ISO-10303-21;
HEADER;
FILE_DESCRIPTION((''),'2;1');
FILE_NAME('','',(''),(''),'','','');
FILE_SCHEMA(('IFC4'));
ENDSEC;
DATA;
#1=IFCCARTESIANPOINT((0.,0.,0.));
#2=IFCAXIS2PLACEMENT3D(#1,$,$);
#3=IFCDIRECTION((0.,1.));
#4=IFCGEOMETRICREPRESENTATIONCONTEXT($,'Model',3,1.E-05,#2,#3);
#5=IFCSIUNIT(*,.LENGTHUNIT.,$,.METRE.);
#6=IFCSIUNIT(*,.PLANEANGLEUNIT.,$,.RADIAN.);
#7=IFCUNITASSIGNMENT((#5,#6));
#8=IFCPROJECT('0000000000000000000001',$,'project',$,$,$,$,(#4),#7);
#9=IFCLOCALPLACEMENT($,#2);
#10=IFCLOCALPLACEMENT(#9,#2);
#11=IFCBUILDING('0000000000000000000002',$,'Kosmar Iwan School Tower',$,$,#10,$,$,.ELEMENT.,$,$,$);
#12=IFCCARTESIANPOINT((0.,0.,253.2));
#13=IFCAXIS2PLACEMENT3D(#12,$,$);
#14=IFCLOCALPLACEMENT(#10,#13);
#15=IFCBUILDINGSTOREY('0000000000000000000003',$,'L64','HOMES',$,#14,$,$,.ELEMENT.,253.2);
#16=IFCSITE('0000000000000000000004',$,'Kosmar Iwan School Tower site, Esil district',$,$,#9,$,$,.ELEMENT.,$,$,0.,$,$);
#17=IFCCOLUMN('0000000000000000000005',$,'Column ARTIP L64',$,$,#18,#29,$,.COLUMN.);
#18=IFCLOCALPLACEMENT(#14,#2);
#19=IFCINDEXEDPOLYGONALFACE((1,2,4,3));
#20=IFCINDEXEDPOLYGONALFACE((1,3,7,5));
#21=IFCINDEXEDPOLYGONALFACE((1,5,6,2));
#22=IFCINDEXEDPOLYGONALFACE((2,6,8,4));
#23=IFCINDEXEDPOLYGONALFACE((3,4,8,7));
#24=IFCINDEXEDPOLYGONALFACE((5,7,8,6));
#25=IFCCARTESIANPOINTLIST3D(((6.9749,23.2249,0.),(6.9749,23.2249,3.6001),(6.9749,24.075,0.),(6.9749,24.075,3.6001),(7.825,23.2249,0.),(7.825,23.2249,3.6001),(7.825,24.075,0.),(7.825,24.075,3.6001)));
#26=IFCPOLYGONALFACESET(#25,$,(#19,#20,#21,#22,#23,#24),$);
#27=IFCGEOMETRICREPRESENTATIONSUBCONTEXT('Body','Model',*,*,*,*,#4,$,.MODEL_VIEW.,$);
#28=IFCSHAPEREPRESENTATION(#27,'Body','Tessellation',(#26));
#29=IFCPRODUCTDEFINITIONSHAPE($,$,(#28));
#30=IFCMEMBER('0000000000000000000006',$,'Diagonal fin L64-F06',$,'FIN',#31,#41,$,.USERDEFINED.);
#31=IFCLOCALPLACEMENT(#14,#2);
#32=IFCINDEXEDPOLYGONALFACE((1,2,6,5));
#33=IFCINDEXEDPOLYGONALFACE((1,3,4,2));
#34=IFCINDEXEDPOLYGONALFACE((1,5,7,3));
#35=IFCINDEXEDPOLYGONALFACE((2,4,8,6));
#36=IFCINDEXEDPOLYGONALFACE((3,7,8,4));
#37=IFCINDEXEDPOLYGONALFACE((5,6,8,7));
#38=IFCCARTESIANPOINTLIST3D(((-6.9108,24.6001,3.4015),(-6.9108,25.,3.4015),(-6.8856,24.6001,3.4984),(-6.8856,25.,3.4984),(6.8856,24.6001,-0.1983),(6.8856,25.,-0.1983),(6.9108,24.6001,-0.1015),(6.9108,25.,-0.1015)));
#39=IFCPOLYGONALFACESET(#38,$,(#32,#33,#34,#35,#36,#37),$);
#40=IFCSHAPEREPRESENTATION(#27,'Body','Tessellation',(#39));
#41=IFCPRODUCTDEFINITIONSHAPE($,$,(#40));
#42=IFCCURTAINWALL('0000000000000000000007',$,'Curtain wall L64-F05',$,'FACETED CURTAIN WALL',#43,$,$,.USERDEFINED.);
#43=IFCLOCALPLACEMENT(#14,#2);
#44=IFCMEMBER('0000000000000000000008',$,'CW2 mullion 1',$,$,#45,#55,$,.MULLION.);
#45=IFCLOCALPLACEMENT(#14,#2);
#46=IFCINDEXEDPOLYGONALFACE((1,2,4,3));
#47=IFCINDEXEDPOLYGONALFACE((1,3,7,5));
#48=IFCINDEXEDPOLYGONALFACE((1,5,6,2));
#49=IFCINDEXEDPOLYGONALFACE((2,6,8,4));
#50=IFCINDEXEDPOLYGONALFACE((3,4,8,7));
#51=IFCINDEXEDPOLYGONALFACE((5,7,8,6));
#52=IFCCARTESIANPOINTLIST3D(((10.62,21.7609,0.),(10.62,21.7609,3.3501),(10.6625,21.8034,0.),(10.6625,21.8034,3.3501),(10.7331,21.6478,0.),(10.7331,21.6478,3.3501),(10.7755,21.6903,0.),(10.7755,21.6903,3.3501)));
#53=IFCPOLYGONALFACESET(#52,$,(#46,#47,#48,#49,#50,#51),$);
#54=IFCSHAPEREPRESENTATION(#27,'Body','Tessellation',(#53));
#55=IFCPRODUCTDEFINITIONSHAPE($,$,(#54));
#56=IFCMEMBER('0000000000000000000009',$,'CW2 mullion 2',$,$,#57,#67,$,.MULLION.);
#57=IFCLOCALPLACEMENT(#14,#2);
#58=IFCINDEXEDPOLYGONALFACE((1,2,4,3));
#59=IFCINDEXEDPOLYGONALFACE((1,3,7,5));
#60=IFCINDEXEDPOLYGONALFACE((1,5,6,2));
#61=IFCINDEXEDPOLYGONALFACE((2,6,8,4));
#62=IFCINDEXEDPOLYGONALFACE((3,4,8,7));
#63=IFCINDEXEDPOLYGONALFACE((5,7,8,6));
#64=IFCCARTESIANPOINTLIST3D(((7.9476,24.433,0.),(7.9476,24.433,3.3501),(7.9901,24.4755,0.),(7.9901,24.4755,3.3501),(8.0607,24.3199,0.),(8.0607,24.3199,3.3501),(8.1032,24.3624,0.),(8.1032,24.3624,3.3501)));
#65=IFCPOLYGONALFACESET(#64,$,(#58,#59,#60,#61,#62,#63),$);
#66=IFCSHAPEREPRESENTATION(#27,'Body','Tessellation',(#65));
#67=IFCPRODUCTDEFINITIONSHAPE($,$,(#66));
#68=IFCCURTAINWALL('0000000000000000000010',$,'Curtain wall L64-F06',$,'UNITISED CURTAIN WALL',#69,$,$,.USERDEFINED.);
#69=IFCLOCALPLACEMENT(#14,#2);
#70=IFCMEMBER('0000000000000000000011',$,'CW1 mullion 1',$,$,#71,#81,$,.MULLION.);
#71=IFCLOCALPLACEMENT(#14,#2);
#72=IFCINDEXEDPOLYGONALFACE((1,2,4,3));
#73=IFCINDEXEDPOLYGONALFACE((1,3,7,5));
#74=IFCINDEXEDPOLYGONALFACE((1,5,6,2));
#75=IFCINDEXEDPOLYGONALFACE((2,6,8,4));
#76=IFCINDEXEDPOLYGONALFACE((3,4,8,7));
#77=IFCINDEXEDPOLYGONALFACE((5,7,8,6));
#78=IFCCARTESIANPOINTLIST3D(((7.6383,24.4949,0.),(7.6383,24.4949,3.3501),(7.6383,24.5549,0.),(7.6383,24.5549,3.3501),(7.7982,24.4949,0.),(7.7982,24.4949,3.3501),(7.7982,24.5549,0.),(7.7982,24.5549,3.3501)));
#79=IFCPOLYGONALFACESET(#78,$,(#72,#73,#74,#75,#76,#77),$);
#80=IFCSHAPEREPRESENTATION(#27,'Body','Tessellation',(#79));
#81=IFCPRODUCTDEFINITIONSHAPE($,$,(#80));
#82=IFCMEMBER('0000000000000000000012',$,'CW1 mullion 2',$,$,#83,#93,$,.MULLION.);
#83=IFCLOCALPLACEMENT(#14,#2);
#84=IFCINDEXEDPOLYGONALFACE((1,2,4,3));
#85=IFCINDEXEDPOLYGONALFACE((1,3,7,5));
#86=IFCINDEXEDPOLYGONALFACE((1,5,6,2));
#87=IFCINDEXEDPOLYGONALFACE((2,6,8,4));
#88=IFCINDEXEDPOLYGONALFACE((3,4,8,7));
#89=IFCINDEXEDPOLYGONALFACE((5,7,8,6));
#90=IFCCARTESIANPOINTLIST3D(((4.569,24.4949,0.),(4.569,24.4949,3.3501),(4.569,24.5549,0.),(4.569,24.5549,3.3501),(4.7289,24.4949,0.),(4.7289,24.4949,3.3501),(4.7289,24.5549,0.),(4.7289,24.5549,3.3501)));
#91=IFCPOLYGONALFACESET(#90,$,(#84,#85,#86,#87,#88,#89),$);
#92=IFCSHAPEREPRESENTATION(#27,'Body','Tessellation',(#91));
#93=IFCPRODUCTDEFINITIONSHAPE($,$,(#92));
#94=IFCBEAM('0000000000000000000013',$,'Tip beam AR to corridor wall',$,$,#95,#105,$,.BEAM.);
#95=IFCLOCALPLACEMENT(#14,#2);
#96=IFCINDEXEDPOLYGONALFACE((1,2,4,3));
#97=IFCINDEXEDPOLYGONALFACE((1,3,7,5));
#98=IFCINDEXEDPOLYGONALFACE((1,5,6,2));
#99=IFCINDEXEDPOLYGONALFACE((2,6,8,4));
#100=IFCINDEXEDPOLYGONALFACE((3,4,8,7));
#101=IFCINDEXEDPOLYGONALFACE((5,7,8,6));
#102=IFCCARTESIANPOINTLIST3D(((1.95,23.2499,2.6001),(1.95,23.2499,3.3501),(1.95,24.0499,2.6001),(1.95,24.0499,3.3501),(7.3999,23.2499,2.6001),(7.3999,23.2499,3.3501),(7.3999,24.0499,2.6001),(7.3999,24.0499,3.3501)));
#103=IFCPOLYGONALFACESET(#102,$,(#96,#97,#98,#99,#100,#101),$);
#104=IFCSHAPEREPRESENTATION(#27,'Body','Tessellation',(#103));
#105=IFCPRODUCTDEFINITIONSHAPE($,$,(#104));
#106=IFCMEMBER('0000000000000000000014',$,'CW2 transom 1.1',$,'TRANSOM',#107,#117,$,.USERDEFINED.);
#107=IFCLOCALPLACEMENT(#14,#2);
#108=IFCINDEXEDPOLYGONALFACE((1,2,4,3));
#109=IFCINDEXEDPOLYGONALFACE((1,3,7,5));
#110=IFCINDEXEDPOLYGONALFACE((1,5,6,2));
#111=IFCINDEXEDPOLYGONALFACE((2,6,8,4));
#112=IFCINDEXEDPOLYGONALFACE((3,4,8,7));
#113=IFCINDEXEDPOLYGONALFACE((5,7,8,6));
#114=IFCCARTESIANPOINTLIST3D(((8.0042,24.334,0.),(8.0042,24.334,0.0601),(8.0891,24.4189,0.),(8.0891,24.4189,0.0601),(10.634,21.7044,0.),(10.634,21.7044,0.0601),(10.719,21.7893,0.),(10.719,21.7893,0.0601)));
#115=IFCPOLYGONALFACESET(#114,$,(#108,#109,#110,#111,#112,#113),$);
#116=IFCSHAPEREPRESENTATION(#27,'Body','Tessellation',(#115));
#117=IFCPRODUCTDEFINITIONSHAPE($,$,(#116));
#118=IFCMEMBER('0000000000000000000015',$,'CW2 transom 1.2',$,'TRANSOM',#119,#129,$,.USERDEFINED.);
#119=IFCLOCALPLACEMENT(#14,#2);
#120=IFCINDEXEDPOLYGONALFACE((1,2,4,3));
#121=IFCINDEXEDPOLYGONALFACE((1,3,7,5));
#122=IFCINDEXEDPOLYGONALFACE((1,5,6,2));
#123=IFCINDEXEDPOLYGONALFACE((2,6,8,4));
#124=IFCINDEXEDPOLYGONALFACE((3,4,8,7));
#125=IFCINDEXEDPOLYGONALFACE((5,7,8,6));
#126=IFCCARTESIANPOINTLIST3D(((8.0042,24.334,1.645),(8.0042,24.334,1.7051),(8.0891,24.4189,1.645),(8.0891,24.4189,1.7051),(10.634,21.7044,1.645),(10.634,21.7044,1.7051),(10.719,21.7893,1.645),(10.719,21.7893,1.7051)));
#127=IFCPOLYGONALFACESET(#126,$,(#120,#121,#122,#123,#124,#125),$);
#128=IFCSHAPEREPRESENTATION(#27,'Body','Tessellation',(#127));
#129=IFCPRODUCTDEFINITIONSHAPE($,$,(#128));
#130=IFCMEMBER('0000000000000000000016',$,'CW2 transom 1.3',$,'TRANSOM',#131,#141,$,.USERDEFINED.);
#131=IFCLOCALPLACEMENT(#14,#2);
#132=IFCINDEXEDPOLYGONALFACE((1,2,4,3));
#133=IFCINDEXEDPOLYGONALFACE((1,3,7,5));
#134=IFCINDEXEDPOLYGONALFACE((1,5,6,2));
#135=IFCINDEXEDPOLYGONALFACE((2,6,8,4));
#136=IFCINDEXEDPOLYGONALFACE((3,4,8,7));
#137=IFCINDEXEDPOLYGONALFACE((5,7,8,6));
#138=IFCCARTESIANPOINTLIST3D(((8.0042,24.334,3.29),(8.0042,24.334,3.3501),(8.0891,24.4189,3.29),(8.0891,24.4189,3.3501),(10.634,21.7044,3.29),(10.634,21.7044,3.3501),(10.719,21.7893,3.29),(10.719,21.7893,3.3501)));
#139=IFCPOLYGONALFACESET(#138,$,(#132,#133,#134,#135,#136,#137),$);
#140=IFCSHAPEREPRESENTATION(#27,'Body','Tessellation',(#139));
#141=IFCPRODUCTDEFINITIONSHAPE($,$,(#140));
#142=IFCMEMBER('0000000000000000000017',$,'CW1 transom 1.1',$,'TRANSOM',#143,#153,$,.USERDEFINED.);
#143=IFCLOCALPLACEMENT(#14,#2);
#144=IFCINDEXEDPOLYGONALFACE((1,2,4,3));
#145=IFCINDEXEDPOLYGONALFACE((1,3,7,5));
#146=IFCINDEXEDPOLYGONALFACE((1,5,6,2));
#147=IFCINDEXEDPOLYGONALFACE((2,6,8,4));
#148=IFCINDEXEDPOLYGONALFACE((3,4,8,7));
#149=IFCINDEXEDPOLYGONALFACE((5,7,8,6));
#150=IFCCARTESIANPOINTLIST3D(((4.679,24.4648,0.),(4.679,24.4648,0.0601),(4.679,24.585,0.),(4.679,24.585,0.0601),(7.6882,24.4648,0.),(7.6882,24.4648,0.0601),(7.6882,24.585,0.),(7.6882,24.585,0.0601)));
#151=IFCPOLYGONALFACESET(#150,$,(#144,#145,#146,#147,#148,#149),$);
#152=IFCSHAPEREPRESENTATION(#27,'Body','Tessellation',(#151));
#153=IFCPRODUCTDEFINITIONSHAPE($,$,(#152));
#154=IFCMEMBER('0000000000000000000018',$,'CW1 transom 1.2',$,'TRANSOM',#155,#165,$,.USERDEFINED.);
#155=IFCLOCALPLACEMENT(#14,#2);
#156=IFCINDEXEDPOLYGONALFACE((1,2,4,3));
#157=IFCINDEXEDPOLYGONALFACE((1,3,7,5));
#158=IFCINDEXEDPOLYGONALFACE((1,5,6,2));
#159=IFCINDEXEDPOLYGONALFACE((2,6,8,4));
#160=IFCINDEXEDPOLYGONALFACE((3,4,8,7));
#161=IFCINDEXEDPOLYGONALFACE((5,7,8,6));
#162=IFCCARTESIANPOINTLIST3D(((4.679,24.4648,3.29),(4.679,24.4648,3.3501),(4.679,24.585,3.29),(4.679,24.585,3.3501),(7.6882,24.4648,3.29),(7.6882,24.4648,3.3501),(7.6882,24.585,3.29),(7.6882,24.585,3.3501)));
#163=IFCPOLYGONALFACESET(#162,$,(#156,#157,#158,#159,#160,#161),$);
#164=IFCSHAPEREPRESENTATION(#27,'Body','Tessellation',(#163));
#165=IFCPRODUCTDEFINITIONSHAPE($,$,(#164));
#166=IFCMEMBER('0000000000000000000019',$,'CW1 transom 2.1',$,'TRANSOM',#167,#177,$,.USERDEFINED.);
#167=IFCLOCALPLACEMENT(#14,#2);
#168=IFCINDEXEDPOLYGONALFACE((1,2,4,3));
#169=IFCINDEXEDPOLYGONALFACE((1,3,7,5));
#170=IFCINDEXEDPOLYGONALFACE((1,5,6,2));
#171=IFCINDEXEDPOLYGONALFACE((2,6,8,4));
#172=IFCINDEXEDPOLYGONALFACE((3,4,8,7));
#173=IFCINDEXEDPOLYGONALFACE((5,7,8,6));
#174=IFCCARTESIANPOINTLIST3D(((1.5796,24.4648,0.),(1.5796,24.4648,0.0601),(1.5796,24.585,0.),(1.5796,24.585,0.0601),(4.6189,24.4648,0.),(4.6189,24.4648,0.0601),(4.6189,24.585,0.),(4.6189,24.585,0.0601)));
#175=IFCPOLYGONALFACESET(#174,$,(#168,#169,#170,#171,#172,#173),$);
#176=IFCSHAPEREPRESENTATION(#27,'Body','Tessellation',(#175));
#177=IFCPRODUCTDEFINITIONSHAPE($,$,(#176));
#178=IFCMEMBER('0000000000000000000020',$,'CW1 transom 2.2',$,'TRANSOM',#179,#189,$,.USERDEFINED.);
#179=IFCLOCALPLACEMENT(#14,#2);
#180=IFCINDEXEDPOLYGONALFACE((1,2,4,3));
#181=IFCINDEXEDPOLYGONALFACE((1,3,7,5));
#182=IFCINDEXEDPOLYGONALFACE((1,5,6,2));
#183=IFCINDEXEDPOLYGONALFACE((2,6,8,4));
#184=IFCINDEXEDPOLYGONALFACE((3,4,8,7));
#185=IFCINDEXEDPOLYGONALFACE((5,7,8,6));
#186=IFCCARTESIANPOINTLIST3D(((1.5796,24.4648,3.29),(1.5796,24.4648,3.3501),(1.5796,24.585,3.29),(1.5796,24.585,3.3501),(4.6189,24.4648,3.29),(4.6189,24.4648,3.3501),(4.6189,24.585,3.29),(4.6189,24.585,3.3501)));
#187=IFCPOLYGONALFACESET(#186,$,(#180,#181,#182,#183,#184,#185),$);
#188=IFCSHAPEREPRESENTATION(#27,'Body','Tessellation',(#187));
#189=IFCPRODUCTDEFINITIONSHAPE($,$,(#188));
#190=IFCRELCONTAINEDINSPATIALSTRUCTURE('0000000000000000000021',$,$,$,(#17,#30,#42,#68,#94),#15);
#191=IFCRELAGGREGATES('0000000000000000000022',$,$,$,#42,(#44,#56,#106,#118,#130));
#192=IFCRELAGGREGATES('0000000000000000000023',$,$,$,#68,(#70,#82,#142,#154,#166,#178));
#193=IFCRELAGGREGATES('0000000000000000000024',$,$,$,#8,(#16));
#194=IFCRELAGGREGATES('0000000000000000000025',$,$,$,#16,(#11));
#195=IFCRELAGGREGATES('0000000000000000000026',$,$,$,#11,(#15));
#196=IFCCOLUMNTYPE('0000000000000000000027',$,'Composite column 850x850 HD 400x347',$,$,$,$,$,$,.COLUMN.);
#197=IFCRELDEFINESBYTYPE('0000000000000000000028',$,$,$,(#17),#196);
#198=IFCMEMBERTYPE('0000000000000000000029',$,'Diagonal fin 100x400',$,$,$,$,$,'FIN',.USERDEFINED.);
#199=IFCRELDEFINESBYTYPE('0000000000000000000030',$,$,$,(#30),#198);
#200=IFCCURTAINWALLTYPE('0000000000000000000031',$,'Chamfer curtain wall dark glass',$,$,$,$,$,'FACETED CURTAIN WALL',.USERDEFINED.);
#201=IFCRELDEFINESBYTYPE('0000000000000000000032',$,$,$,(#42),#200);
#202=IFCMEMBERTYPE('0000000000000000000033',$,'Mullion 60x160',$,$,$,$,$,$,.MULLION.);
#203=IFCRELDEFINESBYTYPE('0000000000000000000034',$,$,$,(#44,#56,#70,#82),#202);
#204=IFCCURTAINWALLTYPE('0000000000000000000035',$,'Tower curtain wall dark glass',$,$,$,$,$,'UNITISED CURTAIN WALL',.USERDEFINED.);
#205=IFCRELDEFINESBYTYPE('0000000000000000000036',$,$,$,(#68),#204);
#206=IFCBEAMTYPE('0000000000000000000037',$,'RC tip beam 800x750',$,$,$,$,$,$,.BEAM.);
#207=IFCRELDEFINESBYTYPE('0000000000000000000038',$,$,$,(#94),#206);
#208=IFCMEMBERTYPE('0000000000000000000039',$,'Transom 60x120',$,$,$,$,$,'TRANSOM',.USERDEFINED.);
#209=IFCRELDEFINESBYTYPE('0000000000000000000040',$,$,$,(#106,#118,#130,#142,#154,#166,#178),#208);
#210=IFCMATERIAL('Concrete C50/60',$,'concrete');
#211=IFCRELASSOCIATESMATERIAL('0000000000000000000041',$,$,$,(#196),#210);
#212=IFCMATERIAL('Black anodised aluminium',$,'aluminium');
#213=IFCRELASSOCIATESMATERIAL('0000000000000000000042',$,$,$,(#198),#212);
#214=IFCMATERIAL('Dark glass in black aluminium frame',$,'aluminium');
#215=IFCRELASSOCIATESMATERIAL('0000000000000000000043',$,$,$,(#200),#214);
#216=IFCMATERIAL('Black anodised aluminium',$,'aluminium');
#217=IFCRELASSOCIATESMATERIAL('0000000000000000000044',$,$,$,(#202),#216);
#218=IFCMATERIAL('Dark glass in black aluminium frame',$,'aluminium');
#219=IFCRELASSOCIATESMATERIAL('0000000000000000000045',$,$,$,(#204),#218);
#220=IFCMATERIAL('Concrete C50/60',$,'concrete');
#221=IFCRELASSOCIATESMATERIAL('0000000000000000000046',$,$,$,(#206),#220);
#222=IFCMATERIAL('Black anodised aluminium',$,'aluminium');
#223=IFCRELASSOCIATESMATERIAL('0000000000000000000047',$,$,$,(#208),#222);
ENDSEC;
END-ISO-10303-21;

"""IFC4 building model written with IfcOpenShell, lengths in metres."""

from ifc_helpers import new_model, si_unit, direction, frame, origin, origin_2d, place, context, subcontext, project, spatial, rectangle, extrude, material, material_profile, profile_set, type_object, element, aggregate, save


model = new_model("IFC4")

# Units and contexts
model_context = context("Model", 3, precision=1e-05, world=origin(), true_north=direction((0.0, 1.0)))
body_context = subcontext(model_context, "Body", "Model", "MODEL_VIEW")
ifc_project = project(units=[si_unit("LENGTHUNIT", "METRE"), si_unit("PLANEANGLEUNIT", "RADIAN")], contexts=[model_context])

# Site, building, storey
site_placement = place(None, origin())
site = spatial("IfcSite", under=ifc_project, at=site_placement, Name="Kosmar Iwan School Tower site, Esil district", CompositionType="ELEMENT", RefElevation=0.0)
building_placement = place(site_placement, origin())
building = spatial("IfcBuilding", under=site, at=building_placement, Name="Kosmar Iwan School Tower", CompositionType="ELEMENT")
storey_placement = place(building_placement, frame((0.0, 0.0, 253.2)))
storey = spatial("IfcBuildingStorey", under=building, at=storey_placement, Name="L64", Description="HOMES", CompositionType="ELEMENT", Elevation=253.2)

# Column
ifc_material_1 = material(Name="Concrete C50/60", Category="concrete")
ifc_material_profile_1 = material_profile(ifc_material_1, rectangle(XDim=0.8501, YDim=0.8501, at=origin_2d()), Name="RC 850x850 + HD 400x347")
ifc_profile_set_1 = profile_set([ifc_material_profile_1], Name="Concrete C50/60")
column_type = type_object("IfcColumnType", Name="Composite column 850x850 HD 400x347", PredefinedType="COLUMN", material=ifc_profile_set_1)
column_placement = place(storey_placement, frame((7.3999, 23.6499, 0.0), z_axis=(0.0, 0.0, 1.0), x_axis=(0.0, 1.0, 0.0)))
element("IfcColumn", 1, at=column_placement, inside=storey, type_object=column_type, Name="Column ARTIP L64", PredefinedType="COLUMN", context=body_context, shape_type="SweptSolid", body=[
    extrude(rectangle(XDim=0.8501, YDim=0.8501, at=origin_2d()), origin(), (0.0, 0.0, 1.0), 3.6001),
])

# Member
ifc_material_2 = material(Name="Black anodised aluminium", Category="aluminium")
ifc_material_profile_2 = material_profile(ifc_material_2, rectangle(XDim=0.1001, YDim=0.3999, at=origin_2d()), Name="FIN 100x400")
ifc_profile_set_2 = profile_set([ifc_material_profile_2], Name="Black anodised aluminium")
member_type_1 = type_object("IfcMemberType", Name="Diagonal fin 100x400", ElementType="FIN", PredefinedType="USERDEFINED", material=ifc_profile_set_2)
member_1_placement = place(storey_placement, frame((6.8982, 24.8, -0.1499), z_axis=(-0.967604, 0.0, 0.252474), x_axis=(0.252474, 0.0, 0.967604)))
element("IfcMember", 2, at=member_1_placement, inside=storey, type_object=member_type_1, Name="Diagonal fin L64-F06", ObjectType="FIN", PredefinedType="USERDEFINED", context=body_context, shape_type="SweptSolid", body=[
    extrude(rectangle(XDim=0.1001, YDim=0.3999, at=origin_2d()), origin(), (0.0, 0.0, 1.0), 14.2583),
])

# Curtain walls, members
ifc_material_3 = material(Name="Dark glass in black aluminium frame", Category="aluminium")
curtain_wall_type_1 = type_object("IfcCurtainWallType", Name="Chamfer curtain wall dark glass", ElementType="FACETED CURTAIN WALL", PredefinedType="USERDEFINED", material=ifc_material_3)
curtain_wall_1_placement = place(storey_placement, origin())
curtain_wall_1 = element("IfcCurtainWall", 3, at=curtain_wall_1_placement, inside=storey, type_object=curtain_wall_type_1, Name="Curtain wall L64-F05", ObjectType="FACETED CURTAIN WALL", PredefinedType="USERDEFINED")
ifc_material_4 = material(Name="Black anodised aluminium", Category="aluminium")
ifc_material_profile_3 = material_profile(ifc_material_4, rectangle(XDim=0.0601, YDim=0.1599, at=origin_2d()), Name="MULLION 60x160")
ifc_profile_set_3 = profile_set([ifc_material_profile_3], Name="Black anodised aluminium")
member_type_2 = type_object("IfcMemberType", Name="Mullion 60x160", PredefinedType="MULLION", material=ifc_profile_set_3)
member_2_placement = place(storey_placement, frame((10.6978, 21.7256, 0.0), z_axis=(0.0, 0.0, 1.0), x_axis=(-0.707107, -0.707107, 0.0)))
member_2 = element("IfcMember", 4, at=member_2_placement, type_object=member_type_2, Name="CW2 mullion 1", PredefinedType="MULLION", context=body_context, shape_type="SweptSolid", body=[
    extrude(rectangle(XDim=0.0601, YDim=0.1599, at=origin_2d()), origin(), (0.0, 0.0, 1.0), 3.3501),
])
member_3_placement = place(storey_placement, frame((8.0254, 24.3977, 0.0), z_axis=(0.0, 0.0, 1.0), x_axis=(-0.707107, -0.707107, 0.0)))
member_3 = element("IfcMember", 5, at=member_3_placement, type_object=member_type_2, Name="CW2 mullion 2", PredefinedType="MULLION", context=body_context, shape_type="SweptSolid", body=[
    extrude(rectangle(XDim=0.0601, YDim=0.1599, at=origin_2d()), origin(), (0.0, 0.0, 1.0), 3.3501),
])
ifc_material_5 = material(Name="Dark glass in black aluminium frame", Category="aluminium")
curtain_wall_type_2 = type_object("IfcCurtainWallType", Name="Tower curtain wall dark glass", ElementType="UNITISED CURTAIN WALL", PredefinedType="USERDEFINED", material=ifc_material_5)
curtain_wall_2_placement = place(storey_placement, origin())
curtain_wall_2 = element("IfcCurtainWall", 6, at=curtain_wall_2_placement, inside=storey, type_object=curtain_wall_type_2, Name="Curtain wall L64-F06", ObjectType="UNITISED CURTAIN WALL", PredefinedType="USERDEFINED")
member_4_placement = place(storey_placement, frame((7.7183, 24.5249, 0.0), z_axis=(0.0, 0.0, 1.0), x_axis=(0.0, -1.0, 0.0)))
member_4 = element("IfcMember", 7, at=member_4_placement, type_object=member_type_2, Name="CW1 mullion 1", PredefinedType="MULLION", context=body_context, shape_type="SweptSolid", body=[
    extrude(rectangle(XDim=0.0601, YDim=0.1599, at=origin_2d()), origin(), (0.0, 0.0, 1.0), 3.3501),
])
member_5_placement = place(storey_placement, frame((4.6489, 24.5249, 0.0), z_axis=(0.0, 0.0, 1.0), x_axis=(0.0, -1.0, 0.0)))
member_5 = element("IfcMember", 8, at=member_5_placement, type_object=member_type_2, Name="CW1 mullion 2", PredefinedType="MULLION", context=body_context, shape_type="SweptSolid", body=[
    extrude(rectangle(XDim=0.0601, YDim=0.1599, at=origin_2d()), origin(), (0.0, 0.0, 1.0), 3.3501),
])

# Beam
ifc_material_6 = material(Name="Concrete C50/60", Category="concrete")
ifc_material_profile_4 = material_profile(ifc_material_6, rectangle(XDim=0.8, YDim=0.75, at=origin_2d()), Name="RC 800x750")
ifc_profile_set_4 = profile_set([ifc_material_profile_4], Name="Concrete C50/60")
beam_type = type_object("IfcBeamType", Name="RC tip beam 800x750", PredefinedType="BEAM", material=ifc_profile_set_4)
beam_placement = place(storey_placement, frame((7.3999, 23.6499, 2.9751), z_axis=(-1.0, 0.0, 0.0), x_axis=(0.0, -1.0, 0.0)))
element("IfcBeam", 9, at=beam_placement, inside=storey, type_object=beam_type, Name="Tip beam AR to corridor wall", PredefinedType="BEAM", context=body_context, shape_type="SweptSolid", body=[
    extrude(rectangle(XDim=0.8, YDim=0.75, at=origin_2d()), origin(), (0.0, 0.0, 1.0), 5.45),
])

# Members
ifc_material_7 = material(Name="Black anodised aluminium", Category="aluminium")
ifc_material_profile_5 = material_profile(ifc_material_7, rectangle(XDim=0.1201, YDim=0.0601, at=origin_2d()), Name="TRANSOM 60x120")
ifc_profile_set_5 = profile_set([ifc_material_profile_5], Name="Black anodised aluminium")
member_type_3 = type_object("IfcMemberType", Name="Transom 60x120", ElementType="TRANSOM", PredefinedType="USERDEFINED", material=ifc_profile_set_5)
member_6_placement = place(storey_placement, frame((10.6765, 21.7468, 0.03), z_axis=(-0.70714, 0.707074, 0.0), x_axis=(-0.707074, -0.70714, 0.0)))
member_6 = element("IfcMember", 10, at=member_6_placement, type_object=member_type_3, Name="CW2 transom 1.1", ObjectType="TRANSOM", PredefinedType="USERDEFINED", context=body_context, shape_type="SweptSolid", body=[
    extrude(rectangle(XDim=0.1201, YDim=0.0601, at=origin_2d()), origin(), (0.0, 0.0, 1.0), 3.719),
])
member_7_placement = place(storey_placement, frame((10.6765, 21.7468, 1.675), z_axis=(-0.70714, 0.707074, 0.0), x_axis=(-0.707074, -0.70714, 0.0)))
member_7 = element("IfcMember", 11, at=member_7_placement, type_object=member_type_3, Name="CW2 transom 1.2", ObjectType="TRANSOM", PredefinedType="USERDEFINED", context=body_context, shape_type="SweptSolid", body=[
    extrude(rectangle(XDim=0.1201, YDim=0.0601, at=origin_2d()), origin(), (0.0, 0.0, 1.0), 3.719),
])
member_8_placement = place(storey_placement, frame((10.6765, 21.7468, 3.3201), z_axis=(-0.70714, 0.707074, 0.0), x_axis=(-0.707074, -0.70714, 0.0)))
member_8 = element("IfcMember", 12, at=member_8_placement, type_object=member_type_3, Name="CW2 transom 1.3", ObjectType="TRANSOM", PredefinedType="USERDEFINED", context=body_context, shape_type="SweptSolid", body=[
    extrude(rectangle(XDim=0.1201, YDim=0.0601, at=origin_2d()), origin(), (0.0, 0.0, 1.0), 3.719),
])
member_9_placement = place(storey_placement, frame((7.6882, 24.5249, 0.03), z_axis=(-1.0, 0.0, 0.0), x_axis=(0.0, -1.0, 0.0)))
member_9 = element("IfcMember", 13, at=member_9_placement, type_object=member_type_3, Name="CW1 transom 1.1", ObjectType="TRANSOM", PredefinedType="USERDEFINED", context=body_context, shape_type="SweptSolid", body=[
    extrude(rectangle(XDim=0.1201, YDim=0.0601, at=origin_2d()), origin(), (0.0, 0.0, 1.0), 3.0093),
])
member_10_placement = place(storey_placement, frame((7.6882, 24.5249, 3.3201), z_axis=(-1.0, 0.0, 0.0), x_axis=(0.0, -1.0, 0.0)))
member_10 = element("IfcMember", 14, at=member_10_placement, type_object=member_type_3, Name="CW1 transom 1.2", ObjectType="TRANSOM", PredefinedType="USERDEFINED", context=body_context, shape_type="SweptSolid", body=[
    extrude(rectangle(XDim=0.1201, YDim=0.0601, at=origin_2d()), origin(), (0.0, 0.0, 1.0), 3.0093),
])
member_11_placement = place(storey_placement, frame((4.6189, 24.5249, 0.03), z_axis=(-1.0, 0.0, 0.0), x_axis=(0.0, -1.0, 0.0)))
member_11 = element("IfcMember", 15, at=member_11_placement, type_object=member_type_3, Name="CW1 transom 2.1", ObjectType="TRANSOM", PredefinedType="USERDEFINED", context=body_context, shape_type="SweptSolid", body=[
    extrude(rectangle(XDim=0.1201, YDim=0.0601, at=origin_2d()), origin(), (0.0, 0.0, 1.0), 3.0393),
])
member_12_placement = place(storey_placement, frame((4.6189, 24.5249, 3.3201), z_axis=(-1.0, 0.0, 0.0), x_axis=(0.0, -1.0, 0.0)))
member_12 = element("IfcMember", 16, at=member_12_placement, type_object=member_type_3, Name="CW1 transom 2.2", ObjectType="TRANSOM", PredefinedType="USERDEFINED", context=body_context, shape_type="SweptSolid", body=[
    extrude(rectangle(XDim=0.1201, YDim=0.0601, at=origin_2d()), origin(), (0.0, 0.0, 1.0), 3.0393),
])

aggregate(curtain_wall_1, [member_2, member_3, member_6, member_7, member_8])
aggregate(curtain_wall_2, [member_4, member_5, member_9, member_10, member_11, member_12])

save(model, "model.ifc")
